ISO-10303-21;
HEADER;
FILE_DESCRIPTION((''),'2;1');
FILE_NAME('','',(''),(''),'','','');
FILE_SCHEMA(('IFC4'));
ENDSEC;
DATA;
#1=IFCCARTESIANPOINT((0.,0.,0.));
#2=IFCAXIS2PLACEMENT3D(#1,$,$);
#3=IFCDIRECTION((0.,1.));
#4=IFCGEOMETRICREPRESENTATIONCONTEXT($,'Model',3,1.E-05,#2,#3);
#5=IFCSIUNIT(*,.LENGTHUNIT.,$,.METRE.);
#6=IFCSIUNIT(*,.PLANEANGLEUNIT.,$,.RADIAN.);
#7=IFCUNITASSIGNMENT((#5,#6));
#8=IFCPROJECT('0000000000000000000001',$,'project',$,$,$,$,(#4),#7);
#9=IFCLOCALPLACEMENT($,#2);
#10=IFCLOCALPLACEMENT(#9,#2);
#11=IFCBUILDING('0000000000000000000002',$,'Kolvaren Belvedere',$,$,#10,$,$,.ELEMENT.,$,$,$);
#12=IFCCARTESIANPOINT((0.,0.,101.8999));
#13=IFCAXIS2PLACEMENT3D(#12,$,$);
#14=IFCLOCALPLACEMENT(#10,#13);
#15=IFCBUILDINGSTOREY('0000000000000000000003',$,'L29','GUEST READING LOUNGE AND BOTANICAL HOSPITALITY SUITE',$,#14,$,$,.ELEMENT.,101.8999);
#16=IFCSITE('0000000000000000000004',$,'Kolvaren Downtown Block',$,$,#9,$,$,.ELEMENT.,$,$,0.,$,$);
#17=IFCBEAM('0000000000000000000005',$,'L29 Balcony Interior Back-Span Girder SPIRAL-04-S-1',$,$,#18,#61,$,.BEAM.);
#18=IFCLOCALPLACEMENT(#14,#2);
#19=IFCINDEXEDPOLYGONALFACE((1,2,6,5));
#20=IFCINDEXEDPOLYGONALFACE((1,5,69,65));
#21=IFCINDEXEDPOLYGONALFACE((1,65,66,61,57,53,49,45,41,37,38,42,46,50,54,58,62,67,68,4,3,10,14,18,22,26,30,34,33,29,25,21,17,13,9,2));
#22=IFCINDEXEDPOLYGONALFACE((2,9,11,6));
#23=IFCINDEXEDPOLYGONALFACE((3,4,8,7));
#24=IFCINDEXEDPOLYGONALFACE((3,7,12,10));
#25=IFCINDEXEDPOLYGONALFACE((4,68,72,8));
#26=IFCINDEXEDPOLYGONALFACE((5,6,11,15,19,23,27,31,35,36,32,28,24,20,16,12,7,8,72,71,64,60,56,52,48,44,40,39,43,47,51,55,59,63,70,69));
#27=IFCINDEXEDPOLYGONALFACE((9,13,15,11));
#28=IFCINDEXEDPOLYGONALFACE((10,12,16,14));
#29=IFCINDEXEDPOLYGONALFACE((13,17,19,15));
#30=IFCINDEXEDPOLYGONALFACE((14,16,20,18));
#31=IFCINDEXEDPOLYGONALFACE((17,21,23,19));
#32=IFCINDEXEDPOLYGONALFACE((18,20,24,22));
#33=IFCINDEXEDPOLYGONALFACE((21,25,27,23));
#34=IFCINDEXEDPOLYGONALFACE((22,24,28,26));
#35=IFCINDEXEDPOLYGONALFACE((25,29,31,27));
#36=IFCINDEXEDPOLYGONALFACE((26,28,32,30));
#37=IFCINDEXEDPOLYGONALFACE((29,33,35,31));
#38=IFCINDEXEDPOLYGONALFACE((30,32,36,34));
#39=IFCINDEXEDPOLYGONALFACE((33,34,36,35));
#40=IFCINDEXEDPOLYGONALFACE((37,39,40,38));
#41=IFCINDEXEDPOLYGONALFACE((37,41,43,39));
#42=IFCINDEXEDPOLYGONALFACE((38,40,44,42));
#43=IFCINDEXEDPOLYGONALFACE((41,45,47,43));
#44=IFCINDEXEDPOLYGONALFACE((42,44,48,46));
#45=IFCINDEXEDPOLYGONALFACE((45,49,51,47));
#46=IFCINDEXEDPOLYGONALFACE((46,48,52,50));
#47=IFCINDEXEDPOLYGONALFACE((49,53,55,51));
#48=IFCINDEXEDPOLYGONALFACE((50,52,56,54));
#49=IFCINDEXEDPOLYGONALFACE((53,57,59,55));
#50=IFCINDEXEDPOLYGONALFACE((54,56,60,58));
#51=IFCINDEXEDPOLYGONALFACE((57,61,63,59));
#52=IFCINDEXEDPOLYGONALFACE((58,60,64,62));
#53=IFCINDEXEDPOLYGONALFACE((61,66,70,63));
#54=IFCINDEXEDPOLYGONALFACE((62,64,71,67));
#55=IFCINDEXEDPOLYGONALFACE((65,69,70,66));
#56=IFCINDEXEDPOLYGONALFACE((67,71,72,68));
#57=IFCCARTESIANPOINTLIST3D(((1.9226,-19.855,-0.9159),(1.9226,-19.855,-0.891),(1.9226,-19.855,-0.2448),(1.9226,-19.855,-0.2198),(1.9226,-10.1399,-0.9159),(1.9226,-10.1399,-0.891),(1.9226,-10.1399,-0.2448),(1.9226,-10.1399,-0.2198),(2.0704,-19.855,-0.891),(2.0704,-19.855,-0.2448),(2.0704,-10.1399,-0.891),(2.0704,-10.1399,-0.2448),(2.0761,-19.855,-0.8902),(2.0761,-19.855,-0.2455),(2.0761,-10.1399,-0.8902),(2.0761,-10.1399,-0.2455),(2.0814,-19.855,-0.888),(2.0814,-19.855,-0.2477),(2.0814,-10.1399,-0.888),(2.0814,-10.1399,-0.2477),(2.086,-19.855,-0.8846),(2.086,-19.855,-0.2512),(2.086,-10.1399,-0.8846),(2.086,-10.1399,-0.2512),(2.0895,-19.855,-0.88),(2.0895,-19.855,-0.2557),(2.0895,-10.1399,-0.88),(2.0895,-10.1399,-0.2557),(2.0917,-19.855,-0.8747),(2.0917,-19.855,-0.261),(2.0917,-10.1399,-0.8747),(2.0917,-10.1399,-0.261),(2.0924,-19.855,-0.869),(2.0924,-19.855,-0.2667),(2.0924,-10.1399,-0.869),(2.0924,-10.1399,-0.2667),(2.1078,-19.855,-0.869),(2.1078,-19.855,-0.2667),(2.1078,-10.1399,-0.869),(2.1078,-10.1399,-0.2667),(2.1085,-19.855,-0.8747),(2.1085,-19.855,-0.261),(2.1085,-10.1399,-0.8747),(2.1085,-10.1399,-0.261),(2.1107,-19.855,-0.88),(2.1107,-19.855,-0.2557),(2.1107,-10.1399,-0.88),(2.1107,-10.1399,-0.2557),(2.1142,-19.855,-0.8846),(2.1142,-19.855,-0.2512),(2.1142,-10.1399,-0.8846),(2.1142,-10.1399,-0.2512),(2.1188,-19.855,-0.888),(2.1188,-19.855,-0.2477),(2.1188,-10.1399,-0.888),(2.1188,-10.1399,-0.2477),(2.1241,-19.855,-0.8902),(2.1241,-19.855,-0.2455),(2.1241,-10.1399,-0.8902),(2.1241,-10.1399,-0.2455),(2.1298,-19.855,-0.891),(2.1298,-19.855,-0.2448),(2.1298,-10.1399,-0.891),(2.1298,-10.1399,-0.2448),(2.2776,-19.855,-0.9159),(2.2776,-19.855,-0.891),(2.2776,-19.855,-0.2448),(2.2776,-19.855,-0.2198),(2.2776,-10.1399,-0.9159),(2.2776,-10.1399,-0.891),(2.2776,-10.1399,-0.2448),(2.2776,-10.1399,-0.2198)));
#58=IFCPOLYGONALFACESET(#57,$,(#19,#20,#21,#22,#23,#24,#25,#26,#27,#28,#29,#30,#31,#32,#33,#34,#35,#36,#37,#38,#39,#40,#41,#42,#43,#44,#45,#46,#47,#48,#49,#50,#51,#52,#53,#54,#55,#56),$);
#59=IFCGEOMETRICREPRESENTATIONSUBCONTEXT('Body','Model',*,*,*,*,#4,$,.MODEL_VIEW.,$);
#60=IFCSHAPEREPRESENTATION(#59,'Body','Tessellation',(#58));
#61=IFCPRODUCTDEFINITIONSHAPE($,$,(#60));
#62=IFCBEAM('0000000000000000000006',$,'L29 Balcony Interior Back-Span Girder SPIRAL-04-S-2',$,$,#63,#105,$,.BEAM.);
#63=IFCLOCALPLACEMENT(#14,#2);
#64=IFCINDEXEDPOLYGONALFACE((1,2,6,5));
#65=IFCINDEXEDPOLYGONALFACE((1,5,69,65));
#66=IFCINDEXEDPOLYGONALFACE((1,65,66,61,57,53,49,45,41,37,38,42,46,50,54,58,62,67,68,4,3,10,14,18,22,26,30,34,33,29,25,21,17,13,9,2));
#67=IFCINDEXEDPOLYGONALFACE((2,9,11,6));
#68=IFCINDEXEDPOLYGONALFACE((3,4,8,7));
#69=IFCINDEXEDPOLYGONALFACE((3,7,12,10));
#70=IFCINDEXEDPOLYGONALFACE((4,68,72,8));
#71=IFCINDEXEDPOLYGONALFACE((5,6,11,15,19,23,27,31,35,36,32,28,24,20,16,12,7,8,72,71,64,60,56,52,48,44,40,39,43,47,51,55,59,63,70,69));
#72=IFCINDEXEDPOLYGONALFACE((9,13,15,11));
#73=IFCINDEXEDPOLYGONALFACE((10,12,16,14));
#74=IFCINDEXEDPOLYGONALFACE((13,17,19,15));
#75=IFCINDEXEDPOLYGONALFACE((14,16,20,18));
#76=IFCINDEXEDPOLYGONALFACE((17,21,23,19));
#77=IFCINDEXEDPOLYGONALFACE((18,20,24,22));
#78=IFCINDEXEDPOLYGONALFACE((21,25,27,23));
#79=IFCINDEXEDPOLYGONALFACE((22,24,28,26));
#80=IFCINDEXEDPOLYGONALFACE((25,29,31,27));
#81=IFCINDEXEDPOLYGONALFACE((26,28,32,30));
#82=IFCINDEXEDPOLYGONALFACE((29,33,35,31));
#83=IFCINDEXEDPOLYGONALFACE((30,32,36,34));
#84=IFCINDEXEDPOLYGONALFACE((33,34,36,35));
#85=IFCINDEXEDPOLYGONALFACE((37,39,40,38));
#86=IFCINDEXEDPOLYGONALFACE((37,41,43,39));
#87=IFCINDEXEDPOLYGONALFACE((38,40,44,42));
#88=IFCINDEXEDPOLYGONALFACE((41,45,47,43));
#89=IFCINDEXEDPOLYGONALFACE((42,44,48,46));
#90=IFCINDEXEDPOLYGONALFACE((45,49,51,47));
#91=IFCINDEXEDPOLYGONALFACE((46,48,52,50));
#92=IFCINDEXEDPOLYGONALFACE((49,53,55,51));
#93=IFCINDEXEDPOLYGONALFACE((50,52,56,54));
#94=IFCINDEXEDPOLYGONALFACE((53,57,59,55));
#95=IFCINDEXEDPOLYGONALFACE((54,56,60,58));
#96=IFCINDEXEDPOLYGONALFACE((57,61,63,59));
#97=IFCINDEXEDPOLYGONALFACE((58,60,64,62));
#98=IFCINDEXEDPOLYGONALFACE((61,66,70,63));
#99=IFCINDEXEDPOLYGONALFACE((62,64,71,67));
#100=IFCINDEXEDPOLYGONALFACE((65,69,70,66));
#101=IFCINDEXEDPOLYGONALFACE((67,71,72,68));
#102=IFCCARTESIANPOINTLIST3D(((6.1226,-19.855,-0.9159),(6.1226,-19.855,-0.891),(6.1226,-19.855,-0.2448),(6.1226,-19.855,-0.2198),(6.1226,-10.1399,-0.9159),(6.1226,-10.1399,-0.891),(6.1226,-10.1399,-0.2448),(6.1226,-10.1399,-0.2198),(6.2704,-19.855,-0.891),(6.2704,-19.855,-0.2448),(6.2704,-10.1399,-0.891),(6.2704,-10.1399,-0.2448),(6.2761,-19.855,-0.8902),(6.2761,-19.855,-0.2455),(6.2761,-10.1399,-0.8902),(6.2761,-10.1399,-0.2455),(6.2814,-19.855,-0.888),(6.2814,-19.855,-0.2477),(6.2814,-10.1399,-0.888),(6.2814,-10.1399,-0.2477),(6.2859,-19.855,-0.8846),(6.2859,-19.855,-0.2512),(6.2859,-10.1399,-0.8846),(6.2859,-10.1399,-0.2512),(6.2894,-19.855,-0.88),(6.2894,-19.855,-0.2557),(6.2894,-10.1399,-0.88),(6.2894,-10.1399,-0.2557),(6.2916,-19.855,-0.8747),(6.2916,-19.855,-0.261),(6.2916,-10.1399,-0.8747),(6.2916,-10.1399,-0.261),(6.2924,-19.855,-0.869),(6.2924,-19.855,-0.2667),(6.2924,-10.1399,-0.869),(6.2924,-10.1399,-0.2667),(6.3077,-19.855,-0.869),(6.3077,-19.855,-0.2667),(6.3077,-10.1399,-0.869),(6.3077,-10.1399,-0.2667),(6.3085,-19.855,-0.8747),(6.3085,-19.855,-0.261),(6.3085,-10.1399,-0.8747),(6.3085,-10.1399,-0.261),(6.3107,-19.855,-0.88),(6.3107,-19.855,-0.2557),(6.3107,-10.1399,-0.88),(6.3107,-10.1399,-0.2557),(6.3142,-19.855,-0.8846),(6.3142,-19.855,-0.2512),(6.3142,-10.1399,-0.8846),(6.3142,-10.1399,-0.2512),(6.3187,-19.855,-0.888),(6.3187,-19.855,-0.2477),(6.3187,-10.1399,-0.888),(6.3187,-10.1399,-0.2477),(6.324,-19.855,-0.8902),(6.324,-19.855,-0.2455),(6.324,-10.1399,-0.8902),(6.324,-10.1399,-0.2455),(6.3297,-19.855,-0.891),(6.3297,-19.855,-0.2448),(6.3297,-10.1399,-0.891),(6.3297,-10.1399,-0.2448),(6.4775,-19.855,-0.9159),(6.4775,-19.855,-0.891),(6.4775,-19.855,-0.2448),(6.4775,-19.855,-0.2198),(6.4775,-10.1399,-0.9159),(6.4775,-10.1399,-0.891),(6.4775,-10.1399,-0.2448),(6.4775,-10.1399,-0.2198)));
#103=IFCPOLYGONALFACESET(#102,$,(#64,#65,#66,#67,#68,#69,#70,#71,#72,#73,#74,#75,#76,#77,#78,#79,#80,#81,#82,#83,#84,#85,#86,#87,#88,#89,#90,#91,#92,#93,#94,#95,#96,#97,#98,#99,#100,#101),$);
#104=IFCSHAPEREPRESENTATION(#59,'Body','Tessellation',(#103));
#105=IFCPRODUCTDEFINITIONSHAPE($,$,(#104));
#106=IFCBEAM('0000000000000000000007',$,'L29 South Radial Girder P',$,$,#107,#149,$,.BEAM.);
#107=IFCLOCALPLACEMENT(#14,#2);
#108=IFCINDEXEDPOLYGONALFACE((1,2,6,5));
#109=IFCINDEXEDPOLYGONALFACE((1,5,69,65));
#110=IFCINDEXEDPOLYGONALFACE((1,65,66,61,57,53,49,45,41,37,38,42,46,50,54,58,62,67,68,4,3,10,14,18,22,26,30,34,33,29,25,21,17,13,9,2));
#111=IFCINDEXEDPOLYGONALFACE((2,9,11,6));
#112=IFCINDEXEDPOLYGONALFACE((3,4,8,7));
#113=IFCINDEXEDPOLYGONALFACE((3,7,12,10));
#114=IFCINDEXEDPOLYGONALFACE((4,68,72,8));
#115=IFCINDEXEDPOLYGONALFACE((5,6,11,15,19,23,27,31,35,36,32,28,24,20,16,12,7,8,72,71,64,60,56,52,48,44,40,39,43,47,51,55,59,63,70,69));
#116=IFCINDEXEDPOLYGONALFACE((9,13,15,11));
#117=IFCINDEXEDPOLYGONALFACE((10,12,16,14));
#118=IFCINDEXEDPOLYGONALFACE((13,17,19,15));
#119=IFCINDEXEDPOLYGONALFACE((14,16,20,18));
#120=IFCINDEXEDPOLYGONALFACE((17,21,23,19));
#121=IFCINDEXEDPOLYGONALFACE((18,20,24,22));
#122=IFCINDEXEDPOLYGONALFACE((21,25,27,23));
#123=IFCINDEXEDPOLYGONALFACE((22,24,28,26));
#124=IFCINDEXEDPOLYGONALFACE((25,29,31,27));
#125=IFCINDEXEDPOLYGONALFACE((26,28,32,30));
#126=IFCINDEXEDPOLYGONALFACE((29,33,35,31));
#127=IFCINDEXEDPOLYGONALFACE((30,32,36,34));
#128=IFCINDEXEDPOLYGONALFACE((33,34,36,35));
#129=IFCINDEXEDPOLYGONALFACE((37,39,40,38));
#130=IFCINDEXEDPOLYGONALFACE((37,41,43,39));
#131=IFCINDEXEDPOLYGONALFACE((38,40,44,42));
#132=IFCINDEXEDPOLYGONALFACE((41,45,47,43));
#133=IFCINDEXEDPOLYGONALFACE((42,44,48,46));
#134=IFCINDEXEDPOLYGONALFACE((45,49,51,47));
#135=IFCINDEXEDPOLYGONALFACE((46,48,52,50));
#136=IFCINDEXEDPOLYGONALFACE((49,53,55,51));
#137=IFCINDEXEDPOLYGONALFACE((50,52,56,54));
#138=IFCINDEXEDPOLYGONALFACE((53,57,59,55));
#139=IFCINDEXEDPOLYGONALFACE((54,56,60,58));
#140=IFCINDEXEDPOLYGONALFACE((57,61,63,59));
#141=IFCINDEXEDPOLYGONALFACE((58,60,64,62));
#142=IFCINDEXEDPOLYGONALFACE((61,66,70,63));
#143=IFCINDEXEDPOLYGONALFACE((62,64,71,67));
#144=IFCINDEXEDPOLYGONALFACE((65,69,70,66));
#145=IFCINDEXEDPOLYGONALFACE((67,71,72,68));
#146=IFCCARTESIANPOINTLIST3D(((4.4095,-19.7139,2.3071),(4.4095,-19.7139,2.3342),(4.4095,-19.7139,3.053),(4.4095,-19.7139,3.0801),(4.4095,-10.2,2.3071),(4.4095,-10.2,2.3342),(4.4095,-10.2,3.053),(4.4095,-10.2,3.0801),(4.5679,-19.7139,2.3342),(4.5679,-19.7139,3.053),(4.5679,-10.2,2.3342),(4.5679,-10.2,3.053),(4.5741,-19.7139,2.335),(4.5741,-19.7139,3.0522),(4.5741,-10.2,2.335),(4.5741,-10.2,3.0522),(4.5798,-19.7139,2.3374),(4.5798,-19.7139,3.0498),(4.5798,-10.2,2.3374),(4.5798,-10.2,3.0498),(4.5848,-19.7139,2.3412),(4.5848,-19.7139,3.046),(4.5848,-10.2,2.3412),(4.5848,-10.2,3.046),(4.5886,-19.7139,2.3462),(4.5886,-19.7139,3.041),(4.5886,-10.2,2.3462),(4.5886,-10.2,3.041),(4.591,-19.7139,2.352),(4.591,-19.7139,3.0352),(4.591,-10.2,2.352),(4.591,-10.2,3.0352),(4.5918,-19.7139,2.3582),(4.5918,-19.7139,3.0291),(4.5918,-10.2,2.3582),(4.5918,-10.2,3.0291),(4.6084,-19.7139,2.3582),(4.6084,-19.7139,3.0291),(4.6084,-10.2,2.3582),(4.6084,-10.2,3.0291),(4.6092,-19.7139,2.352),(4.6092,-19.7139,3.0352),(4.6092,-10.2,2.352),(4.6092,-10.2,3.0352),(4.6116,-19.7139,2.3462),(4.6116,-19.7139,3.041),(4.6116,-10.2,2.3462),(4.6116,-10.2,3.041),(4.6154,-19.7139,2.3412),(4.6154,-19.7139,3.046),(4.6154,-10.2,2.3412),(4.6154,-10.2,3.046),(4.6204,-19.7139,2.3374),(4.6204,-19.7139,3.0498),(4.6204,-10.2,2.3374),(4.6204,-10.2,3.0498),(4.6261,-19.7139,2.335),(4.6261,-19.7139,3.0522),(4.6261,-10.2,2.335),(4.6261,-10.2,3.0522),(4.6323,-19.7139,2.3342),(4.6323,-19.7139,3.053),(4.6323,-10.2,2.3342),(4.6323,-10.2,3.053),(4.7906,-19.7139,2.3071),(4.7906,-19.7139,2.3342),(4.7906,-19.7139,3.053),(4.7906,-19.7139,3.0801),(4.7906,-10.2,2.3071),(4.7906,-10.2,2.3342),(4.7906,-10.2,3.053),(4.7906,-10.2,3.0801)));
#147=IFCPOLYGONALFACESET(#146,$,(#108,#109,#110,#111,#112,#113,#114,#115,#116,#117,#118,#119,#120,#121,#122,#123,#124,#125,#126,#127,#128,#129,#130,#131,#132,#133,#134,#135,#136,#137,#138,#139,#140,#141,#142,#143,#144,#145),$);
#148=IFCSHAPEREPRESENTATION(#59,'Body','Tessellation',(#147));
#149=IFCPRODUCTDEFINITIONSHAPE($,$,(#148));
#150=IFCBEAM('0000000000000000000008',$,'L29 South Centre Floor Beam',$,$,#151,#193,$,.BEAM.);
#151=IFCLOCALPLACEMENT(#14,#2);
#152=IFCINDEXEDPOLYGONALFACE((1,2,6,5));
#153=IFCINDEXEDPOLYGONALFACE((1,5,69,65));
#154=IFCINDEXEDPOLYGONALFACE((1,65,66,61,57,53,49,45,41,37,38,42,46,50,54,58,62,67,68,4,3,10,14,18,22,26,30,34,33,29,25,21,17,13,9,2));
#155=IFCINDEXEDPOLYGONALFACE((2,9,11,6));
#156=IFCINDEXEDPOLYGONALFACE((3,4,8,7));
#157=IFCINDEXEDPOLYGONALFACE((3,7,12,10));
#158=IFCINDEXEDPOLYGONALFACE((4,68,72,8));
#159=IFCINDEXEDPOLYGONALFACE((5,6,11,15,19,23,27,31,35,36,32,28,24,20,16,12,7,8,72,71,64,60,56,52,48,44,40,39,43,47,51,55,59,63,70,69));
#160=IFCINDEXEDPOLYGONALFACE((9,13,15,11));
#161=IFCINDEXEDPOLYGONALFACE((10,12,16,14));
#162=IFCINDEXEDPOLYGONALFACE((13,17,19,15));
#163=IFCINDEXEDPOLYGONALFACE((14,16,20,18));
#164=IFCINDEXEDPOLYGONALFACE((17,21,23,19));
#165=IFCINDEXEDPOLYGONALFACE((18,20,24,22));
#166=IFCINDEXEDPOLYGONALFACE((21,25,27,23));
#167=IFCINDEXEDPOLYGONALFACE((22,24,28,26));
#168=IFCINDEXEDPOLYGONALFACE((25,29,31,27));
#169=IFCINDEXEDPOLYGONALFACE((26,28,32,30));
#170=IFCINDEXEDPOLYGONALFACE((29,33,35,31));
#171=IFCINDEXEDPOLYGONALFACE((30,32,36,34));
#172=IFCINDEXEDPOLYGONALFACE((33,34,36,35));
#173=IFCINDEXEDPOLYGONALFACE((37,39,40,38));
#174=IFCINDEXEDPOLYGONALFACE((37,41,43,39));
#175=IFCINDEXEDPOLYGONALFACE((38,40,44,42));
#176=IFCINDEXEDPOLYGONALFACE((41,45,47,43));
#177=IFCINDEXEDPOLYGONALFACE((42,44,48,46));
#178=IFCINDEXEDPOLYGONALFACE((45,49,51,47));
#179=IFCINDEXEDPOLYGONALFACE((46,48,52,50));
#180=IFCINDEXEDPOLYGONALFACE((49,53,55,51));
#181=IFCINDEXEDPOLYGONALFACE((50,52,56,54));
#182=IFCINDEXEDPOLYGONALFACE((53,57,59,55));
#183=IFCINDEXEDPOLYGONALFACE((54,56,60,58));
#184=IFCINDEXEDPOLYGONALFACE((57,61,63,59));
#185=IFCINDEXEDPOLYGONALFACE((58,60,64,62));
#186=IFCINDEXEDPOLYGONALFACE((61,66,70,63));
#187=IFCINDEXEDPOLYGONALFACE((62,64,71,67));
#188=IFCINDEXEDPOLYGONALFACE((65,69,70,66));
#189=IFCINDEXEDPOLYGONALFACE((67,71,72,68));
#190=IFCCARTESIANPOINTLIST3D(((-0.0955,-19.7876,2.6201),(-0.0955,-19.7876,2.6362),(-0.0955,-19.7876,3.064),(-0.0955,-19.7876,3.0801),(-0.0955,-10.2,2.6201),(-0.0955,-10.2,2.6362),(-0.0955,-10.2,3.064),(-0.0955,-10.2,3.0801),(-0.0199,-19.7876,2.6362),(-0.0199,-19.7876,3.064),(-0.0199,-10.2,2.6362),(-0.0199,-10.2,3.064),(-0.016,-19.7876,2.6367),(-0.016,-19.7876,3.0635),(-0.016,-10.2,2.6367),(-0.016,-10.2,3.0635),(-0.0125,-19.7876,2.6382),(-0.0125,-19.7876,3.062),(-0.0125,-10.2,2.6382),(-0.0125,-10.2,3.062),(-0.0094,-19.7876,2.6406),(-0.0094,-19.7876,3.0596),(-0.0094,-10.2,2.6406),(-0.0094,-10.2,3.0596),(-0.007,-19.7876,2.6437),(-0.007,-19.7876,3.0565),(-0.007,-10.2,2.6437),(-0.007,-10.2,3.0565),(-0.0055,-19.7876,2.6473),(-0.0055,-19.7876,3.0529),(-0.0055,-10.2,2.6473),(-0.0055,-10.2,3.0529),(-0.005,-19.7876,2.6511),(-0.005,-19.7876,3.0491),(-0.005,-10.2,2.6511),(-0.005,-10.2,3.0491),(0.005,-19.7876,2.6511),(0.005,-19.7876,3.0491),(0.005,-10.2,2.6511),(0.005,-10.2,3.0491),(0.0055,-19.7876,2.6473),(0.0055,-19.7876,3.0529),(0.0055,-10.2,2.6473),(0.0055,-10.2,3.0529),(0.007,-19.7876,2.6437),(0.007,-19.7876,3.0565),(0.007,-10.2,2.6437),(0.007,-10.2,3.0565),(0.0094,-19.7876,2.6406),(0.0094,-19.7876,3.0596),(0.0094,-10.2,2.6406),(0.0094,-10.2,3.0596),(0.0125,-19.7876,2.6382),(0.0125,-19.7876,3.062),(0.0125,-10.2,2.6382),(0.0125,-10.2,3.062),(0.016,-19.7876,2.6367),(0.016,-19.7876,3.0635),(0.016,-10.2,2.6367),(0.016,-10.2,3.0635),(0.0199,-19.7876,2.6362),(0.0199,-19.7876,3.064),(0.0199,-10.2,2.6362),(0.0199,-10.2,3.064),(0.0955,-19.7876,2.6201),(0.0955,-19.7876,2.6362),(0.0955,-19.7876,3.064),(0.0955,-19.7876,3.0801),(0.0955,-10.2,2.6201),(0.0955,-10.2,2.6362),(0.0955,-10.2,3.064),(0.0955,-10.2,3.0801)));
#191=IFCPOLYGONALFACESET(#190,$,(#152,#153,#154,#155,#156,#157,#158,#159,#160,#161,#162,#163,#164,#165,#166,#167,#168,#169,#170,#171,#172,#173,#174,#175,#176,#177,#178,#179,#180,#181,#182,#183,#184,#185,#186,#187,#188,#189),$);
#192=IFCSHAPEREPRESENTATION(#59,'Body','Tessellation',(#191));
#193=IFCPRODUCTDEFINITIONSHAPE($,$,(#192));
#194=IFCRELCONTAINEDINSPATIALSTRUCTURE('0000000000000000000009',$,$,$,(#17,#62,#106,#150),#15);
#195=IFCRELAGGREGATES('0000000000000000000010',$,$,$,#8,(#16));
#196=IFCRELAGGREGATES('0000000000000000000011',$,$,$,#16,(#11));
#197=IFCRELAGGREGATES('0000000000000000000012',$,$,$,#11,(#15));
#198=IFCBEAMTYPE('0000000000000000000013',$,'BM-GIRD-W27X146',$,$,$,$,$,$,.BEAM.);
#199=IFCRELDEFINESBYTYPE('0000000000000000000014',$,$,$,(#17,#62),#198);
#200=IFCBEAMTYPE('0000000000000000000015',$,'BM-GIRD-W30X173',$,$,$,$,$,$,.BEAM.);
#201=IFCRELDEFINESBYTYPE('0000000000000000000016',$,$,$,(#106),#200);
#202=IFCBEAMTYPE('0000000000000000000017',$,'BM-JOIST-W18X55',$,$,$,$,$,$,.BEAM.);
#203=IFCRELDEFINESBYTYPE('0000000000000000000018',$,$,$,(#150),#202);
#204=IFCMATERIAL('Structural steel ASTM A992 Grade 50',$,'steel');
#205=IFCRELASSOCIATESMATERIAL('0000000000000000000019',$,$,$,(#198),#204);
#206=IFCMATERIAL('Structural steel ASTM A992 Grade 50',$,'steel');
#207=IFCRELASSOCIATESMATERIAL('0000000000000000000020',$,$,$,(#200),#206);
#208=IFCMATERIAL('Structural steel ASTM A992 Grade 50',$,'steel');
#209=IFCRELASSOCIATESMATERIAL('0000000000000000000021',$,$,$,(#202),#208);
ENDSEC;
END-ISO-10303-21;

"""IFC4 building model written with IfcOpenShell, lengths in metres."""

from ifc_helpers import new_model, si_unit, direction, frame, origin, origin_2d, place, context, subcontext, project, spatial, i_section, extrude, material, material_profile, profile_set, type_object, element, save


model = new_model("IFC4")

# Units and contexts
model_context = context("Model", 3, precision=1e-05, world=origin(), true_north=direction((0.0, 1.0)))
body_context = subcontext(model_context, "Body", "Model", "MODEL_VIEW")
ifc_project = project(units=[si_unit("LENGTHUNIT", "METRE"), si_unit("PLANEANGLEUNIT", "RADIAN")], contexts=[model_context])

# Site, building, storey
site_placement = place(None, origin())
site = spatial("IfcSite", under=ifc_project, at=site_placement, Name="Kolvaren Downtown Block", CompositionType="ELEMENT", RefElevation=0.0)
building_placement = place(site_placement, origin())
building = spatial("IfcBuilding", under=site, at=building_placement, Name="Kolvaren Belvedere", CompositionType="ELEMENT")
storey_placement = place(building_placement, frame((0.0, 0.0, 101.8999)))
storey = spatial("IfcBuildingStorey", under=building, at=storey_placement, Name="L29", Description="GUEST READING LOUNGE AND BOTANICAL HOSPITALITY SUITE", CompositionType="ELEMENT", Elevation=101.8999)

# Beams
ifc_material_1 = material(Name="Structural steel ASTM A992 Grade 50", Category="steel")
ifc_material_profile_1 = material_profile(ifc_material_1, i_section(OverallWidth=0.355, OverallDepth=0.696, WebThickness=0.0154, FlangeThickness=0.0249, FilletRadius=0.022, at=origin_2d()), Name="W27X146")
ifc_profile_set_1 = profile_set([ifc_material_profile_1], Name="Structural steel ASTM A992 Grade 50")
beam_type_1 = type_object("IfcBeamType", Name="BM-GIRD-W27X146", PredefinedType="BEAM", material=ifc_profile_set_1)
for number, where, z_axis, x_axis, name in (
    (1, (2.1001, -10.1399, -0.5679), (0.0, -1.0, 0.0), (1.0, 0.0, 0.0), "L29 Balcony Interior Back-Span Girder SPIRAL-04-S-1"),
    (2, (6.3, -10.1399, -0.5679), (0.0, -1.0, 0.0), (1.0, 0.0, 0.0), "L29 Balcony Interior Back-Span Girder SPIRAL-04-S-2"),
):
    element("IfcBeam", number, at=place(storey_placement, frame(where, z_axis=z_axis, x_axis=x_axis)), inside=storey, type_object=beam_type_1, Name=name, PredefinedType="BEAM", context=body_context, shape_type="SweptSolid", body=[
        extrude(i_section(OverallWidth=0.355, OverallDepth=0.696, WebThickness=0.0154, FlangeThickness=0.0249, FilletRadius=0.022, at=origin_2d()), origin(), (0.0, 0.0, 1.0), 9.7151),
    ])
ifc_material_2 = material(Name="Structural steel ASTM A992 Grade 50", Category="steel")
ifc_material_profile_2 = material_profile(ifc_material_2, i_section(OverallWidth=0.3811, OverallDepth=0.7729, WebThickness=0.0166, FlangeThickness=0.0271, FilletRadius=0.0239, at=origin_2d()), Name="W30X173")
ifc_profile_set_2 = profile_set([ifc_material_profile_2], Name="Structural steel ASTM A992 Grade 50")
beam_type_2 = type_object("IfcBeamType", Name="BM-GIRD-W30X173", PredefinedType="BEAM", material=ifc_profile_set_2)
beam_1_placement = place(storey_placement, frame((4.6001, -10.2, 2.6936), z_axis=(0.0, -1.0, 0.0), x_axis=(1.0, 0.0, 0.0)))
element("IfcBeam", 3, at=beam_1_placement, inside=storey, type_object=beam_type_2, Name="L29 South Radial Girder P", PredefinedType="BEAM", context=body_context, shape_type="SweptSolid", body=[
    extrude(i_section(OverallWidth=0.3811, OverallDepth=0.7729, WebThickness=0.0166, FlangeThickness=0.0271, FilletRadius=0.0239, at=origin_2d()), origin(), (0.0, 0.0, 1.0), 9.5139),
])
ifc_material_3 = material(Name="Structural steel ASTM A992 Grade 50", Category="steel")
ifc_material_profile_3 = material_profile(ifc_material_3, i_section(OverallWidth=0.1909, OverallDepth=0.46, WebThickness=0.01, FlangeThickness=0.0161, FilletRadius=0.0149, at=origin_2d()), Name="W18X55")
ifc_profile_set_3 = profile_set([ifc_material_profile_3], Name="Structural steel ASTM A992 Grade 50")
beam_type_3 = type_object("IfcBeamType", Name="BM-JOIST-W18X55", PredefinedType="BEAM", material=ifc_profile_set_3)
beam_2_placement = place(storey_placement, frame((0.0, -10.2, 2.8501), z_axis=(0.0, -1.0, 0.0), x_axis=(1.0, 0.0, 0.0)))
element("IfcBeam", 4, at=beam_2_placement, inside=storey, type_object=beam_type_3, Name="L29 South Centre Floor Beam", PredefinedType="BEAM", context=body_context, shape_type="SweptSolid", body=[
    extrude(i_section(OverallWidth=0.1909, OverallDepth=0.46, WebThickness=0.01, FlangeThickness=0.0161, FilletRadius=0.0149, at=origin_2d()), origin(), (0.0, 0.0, 1.0), 9.5876),
])

save(model, "model.ifc")
